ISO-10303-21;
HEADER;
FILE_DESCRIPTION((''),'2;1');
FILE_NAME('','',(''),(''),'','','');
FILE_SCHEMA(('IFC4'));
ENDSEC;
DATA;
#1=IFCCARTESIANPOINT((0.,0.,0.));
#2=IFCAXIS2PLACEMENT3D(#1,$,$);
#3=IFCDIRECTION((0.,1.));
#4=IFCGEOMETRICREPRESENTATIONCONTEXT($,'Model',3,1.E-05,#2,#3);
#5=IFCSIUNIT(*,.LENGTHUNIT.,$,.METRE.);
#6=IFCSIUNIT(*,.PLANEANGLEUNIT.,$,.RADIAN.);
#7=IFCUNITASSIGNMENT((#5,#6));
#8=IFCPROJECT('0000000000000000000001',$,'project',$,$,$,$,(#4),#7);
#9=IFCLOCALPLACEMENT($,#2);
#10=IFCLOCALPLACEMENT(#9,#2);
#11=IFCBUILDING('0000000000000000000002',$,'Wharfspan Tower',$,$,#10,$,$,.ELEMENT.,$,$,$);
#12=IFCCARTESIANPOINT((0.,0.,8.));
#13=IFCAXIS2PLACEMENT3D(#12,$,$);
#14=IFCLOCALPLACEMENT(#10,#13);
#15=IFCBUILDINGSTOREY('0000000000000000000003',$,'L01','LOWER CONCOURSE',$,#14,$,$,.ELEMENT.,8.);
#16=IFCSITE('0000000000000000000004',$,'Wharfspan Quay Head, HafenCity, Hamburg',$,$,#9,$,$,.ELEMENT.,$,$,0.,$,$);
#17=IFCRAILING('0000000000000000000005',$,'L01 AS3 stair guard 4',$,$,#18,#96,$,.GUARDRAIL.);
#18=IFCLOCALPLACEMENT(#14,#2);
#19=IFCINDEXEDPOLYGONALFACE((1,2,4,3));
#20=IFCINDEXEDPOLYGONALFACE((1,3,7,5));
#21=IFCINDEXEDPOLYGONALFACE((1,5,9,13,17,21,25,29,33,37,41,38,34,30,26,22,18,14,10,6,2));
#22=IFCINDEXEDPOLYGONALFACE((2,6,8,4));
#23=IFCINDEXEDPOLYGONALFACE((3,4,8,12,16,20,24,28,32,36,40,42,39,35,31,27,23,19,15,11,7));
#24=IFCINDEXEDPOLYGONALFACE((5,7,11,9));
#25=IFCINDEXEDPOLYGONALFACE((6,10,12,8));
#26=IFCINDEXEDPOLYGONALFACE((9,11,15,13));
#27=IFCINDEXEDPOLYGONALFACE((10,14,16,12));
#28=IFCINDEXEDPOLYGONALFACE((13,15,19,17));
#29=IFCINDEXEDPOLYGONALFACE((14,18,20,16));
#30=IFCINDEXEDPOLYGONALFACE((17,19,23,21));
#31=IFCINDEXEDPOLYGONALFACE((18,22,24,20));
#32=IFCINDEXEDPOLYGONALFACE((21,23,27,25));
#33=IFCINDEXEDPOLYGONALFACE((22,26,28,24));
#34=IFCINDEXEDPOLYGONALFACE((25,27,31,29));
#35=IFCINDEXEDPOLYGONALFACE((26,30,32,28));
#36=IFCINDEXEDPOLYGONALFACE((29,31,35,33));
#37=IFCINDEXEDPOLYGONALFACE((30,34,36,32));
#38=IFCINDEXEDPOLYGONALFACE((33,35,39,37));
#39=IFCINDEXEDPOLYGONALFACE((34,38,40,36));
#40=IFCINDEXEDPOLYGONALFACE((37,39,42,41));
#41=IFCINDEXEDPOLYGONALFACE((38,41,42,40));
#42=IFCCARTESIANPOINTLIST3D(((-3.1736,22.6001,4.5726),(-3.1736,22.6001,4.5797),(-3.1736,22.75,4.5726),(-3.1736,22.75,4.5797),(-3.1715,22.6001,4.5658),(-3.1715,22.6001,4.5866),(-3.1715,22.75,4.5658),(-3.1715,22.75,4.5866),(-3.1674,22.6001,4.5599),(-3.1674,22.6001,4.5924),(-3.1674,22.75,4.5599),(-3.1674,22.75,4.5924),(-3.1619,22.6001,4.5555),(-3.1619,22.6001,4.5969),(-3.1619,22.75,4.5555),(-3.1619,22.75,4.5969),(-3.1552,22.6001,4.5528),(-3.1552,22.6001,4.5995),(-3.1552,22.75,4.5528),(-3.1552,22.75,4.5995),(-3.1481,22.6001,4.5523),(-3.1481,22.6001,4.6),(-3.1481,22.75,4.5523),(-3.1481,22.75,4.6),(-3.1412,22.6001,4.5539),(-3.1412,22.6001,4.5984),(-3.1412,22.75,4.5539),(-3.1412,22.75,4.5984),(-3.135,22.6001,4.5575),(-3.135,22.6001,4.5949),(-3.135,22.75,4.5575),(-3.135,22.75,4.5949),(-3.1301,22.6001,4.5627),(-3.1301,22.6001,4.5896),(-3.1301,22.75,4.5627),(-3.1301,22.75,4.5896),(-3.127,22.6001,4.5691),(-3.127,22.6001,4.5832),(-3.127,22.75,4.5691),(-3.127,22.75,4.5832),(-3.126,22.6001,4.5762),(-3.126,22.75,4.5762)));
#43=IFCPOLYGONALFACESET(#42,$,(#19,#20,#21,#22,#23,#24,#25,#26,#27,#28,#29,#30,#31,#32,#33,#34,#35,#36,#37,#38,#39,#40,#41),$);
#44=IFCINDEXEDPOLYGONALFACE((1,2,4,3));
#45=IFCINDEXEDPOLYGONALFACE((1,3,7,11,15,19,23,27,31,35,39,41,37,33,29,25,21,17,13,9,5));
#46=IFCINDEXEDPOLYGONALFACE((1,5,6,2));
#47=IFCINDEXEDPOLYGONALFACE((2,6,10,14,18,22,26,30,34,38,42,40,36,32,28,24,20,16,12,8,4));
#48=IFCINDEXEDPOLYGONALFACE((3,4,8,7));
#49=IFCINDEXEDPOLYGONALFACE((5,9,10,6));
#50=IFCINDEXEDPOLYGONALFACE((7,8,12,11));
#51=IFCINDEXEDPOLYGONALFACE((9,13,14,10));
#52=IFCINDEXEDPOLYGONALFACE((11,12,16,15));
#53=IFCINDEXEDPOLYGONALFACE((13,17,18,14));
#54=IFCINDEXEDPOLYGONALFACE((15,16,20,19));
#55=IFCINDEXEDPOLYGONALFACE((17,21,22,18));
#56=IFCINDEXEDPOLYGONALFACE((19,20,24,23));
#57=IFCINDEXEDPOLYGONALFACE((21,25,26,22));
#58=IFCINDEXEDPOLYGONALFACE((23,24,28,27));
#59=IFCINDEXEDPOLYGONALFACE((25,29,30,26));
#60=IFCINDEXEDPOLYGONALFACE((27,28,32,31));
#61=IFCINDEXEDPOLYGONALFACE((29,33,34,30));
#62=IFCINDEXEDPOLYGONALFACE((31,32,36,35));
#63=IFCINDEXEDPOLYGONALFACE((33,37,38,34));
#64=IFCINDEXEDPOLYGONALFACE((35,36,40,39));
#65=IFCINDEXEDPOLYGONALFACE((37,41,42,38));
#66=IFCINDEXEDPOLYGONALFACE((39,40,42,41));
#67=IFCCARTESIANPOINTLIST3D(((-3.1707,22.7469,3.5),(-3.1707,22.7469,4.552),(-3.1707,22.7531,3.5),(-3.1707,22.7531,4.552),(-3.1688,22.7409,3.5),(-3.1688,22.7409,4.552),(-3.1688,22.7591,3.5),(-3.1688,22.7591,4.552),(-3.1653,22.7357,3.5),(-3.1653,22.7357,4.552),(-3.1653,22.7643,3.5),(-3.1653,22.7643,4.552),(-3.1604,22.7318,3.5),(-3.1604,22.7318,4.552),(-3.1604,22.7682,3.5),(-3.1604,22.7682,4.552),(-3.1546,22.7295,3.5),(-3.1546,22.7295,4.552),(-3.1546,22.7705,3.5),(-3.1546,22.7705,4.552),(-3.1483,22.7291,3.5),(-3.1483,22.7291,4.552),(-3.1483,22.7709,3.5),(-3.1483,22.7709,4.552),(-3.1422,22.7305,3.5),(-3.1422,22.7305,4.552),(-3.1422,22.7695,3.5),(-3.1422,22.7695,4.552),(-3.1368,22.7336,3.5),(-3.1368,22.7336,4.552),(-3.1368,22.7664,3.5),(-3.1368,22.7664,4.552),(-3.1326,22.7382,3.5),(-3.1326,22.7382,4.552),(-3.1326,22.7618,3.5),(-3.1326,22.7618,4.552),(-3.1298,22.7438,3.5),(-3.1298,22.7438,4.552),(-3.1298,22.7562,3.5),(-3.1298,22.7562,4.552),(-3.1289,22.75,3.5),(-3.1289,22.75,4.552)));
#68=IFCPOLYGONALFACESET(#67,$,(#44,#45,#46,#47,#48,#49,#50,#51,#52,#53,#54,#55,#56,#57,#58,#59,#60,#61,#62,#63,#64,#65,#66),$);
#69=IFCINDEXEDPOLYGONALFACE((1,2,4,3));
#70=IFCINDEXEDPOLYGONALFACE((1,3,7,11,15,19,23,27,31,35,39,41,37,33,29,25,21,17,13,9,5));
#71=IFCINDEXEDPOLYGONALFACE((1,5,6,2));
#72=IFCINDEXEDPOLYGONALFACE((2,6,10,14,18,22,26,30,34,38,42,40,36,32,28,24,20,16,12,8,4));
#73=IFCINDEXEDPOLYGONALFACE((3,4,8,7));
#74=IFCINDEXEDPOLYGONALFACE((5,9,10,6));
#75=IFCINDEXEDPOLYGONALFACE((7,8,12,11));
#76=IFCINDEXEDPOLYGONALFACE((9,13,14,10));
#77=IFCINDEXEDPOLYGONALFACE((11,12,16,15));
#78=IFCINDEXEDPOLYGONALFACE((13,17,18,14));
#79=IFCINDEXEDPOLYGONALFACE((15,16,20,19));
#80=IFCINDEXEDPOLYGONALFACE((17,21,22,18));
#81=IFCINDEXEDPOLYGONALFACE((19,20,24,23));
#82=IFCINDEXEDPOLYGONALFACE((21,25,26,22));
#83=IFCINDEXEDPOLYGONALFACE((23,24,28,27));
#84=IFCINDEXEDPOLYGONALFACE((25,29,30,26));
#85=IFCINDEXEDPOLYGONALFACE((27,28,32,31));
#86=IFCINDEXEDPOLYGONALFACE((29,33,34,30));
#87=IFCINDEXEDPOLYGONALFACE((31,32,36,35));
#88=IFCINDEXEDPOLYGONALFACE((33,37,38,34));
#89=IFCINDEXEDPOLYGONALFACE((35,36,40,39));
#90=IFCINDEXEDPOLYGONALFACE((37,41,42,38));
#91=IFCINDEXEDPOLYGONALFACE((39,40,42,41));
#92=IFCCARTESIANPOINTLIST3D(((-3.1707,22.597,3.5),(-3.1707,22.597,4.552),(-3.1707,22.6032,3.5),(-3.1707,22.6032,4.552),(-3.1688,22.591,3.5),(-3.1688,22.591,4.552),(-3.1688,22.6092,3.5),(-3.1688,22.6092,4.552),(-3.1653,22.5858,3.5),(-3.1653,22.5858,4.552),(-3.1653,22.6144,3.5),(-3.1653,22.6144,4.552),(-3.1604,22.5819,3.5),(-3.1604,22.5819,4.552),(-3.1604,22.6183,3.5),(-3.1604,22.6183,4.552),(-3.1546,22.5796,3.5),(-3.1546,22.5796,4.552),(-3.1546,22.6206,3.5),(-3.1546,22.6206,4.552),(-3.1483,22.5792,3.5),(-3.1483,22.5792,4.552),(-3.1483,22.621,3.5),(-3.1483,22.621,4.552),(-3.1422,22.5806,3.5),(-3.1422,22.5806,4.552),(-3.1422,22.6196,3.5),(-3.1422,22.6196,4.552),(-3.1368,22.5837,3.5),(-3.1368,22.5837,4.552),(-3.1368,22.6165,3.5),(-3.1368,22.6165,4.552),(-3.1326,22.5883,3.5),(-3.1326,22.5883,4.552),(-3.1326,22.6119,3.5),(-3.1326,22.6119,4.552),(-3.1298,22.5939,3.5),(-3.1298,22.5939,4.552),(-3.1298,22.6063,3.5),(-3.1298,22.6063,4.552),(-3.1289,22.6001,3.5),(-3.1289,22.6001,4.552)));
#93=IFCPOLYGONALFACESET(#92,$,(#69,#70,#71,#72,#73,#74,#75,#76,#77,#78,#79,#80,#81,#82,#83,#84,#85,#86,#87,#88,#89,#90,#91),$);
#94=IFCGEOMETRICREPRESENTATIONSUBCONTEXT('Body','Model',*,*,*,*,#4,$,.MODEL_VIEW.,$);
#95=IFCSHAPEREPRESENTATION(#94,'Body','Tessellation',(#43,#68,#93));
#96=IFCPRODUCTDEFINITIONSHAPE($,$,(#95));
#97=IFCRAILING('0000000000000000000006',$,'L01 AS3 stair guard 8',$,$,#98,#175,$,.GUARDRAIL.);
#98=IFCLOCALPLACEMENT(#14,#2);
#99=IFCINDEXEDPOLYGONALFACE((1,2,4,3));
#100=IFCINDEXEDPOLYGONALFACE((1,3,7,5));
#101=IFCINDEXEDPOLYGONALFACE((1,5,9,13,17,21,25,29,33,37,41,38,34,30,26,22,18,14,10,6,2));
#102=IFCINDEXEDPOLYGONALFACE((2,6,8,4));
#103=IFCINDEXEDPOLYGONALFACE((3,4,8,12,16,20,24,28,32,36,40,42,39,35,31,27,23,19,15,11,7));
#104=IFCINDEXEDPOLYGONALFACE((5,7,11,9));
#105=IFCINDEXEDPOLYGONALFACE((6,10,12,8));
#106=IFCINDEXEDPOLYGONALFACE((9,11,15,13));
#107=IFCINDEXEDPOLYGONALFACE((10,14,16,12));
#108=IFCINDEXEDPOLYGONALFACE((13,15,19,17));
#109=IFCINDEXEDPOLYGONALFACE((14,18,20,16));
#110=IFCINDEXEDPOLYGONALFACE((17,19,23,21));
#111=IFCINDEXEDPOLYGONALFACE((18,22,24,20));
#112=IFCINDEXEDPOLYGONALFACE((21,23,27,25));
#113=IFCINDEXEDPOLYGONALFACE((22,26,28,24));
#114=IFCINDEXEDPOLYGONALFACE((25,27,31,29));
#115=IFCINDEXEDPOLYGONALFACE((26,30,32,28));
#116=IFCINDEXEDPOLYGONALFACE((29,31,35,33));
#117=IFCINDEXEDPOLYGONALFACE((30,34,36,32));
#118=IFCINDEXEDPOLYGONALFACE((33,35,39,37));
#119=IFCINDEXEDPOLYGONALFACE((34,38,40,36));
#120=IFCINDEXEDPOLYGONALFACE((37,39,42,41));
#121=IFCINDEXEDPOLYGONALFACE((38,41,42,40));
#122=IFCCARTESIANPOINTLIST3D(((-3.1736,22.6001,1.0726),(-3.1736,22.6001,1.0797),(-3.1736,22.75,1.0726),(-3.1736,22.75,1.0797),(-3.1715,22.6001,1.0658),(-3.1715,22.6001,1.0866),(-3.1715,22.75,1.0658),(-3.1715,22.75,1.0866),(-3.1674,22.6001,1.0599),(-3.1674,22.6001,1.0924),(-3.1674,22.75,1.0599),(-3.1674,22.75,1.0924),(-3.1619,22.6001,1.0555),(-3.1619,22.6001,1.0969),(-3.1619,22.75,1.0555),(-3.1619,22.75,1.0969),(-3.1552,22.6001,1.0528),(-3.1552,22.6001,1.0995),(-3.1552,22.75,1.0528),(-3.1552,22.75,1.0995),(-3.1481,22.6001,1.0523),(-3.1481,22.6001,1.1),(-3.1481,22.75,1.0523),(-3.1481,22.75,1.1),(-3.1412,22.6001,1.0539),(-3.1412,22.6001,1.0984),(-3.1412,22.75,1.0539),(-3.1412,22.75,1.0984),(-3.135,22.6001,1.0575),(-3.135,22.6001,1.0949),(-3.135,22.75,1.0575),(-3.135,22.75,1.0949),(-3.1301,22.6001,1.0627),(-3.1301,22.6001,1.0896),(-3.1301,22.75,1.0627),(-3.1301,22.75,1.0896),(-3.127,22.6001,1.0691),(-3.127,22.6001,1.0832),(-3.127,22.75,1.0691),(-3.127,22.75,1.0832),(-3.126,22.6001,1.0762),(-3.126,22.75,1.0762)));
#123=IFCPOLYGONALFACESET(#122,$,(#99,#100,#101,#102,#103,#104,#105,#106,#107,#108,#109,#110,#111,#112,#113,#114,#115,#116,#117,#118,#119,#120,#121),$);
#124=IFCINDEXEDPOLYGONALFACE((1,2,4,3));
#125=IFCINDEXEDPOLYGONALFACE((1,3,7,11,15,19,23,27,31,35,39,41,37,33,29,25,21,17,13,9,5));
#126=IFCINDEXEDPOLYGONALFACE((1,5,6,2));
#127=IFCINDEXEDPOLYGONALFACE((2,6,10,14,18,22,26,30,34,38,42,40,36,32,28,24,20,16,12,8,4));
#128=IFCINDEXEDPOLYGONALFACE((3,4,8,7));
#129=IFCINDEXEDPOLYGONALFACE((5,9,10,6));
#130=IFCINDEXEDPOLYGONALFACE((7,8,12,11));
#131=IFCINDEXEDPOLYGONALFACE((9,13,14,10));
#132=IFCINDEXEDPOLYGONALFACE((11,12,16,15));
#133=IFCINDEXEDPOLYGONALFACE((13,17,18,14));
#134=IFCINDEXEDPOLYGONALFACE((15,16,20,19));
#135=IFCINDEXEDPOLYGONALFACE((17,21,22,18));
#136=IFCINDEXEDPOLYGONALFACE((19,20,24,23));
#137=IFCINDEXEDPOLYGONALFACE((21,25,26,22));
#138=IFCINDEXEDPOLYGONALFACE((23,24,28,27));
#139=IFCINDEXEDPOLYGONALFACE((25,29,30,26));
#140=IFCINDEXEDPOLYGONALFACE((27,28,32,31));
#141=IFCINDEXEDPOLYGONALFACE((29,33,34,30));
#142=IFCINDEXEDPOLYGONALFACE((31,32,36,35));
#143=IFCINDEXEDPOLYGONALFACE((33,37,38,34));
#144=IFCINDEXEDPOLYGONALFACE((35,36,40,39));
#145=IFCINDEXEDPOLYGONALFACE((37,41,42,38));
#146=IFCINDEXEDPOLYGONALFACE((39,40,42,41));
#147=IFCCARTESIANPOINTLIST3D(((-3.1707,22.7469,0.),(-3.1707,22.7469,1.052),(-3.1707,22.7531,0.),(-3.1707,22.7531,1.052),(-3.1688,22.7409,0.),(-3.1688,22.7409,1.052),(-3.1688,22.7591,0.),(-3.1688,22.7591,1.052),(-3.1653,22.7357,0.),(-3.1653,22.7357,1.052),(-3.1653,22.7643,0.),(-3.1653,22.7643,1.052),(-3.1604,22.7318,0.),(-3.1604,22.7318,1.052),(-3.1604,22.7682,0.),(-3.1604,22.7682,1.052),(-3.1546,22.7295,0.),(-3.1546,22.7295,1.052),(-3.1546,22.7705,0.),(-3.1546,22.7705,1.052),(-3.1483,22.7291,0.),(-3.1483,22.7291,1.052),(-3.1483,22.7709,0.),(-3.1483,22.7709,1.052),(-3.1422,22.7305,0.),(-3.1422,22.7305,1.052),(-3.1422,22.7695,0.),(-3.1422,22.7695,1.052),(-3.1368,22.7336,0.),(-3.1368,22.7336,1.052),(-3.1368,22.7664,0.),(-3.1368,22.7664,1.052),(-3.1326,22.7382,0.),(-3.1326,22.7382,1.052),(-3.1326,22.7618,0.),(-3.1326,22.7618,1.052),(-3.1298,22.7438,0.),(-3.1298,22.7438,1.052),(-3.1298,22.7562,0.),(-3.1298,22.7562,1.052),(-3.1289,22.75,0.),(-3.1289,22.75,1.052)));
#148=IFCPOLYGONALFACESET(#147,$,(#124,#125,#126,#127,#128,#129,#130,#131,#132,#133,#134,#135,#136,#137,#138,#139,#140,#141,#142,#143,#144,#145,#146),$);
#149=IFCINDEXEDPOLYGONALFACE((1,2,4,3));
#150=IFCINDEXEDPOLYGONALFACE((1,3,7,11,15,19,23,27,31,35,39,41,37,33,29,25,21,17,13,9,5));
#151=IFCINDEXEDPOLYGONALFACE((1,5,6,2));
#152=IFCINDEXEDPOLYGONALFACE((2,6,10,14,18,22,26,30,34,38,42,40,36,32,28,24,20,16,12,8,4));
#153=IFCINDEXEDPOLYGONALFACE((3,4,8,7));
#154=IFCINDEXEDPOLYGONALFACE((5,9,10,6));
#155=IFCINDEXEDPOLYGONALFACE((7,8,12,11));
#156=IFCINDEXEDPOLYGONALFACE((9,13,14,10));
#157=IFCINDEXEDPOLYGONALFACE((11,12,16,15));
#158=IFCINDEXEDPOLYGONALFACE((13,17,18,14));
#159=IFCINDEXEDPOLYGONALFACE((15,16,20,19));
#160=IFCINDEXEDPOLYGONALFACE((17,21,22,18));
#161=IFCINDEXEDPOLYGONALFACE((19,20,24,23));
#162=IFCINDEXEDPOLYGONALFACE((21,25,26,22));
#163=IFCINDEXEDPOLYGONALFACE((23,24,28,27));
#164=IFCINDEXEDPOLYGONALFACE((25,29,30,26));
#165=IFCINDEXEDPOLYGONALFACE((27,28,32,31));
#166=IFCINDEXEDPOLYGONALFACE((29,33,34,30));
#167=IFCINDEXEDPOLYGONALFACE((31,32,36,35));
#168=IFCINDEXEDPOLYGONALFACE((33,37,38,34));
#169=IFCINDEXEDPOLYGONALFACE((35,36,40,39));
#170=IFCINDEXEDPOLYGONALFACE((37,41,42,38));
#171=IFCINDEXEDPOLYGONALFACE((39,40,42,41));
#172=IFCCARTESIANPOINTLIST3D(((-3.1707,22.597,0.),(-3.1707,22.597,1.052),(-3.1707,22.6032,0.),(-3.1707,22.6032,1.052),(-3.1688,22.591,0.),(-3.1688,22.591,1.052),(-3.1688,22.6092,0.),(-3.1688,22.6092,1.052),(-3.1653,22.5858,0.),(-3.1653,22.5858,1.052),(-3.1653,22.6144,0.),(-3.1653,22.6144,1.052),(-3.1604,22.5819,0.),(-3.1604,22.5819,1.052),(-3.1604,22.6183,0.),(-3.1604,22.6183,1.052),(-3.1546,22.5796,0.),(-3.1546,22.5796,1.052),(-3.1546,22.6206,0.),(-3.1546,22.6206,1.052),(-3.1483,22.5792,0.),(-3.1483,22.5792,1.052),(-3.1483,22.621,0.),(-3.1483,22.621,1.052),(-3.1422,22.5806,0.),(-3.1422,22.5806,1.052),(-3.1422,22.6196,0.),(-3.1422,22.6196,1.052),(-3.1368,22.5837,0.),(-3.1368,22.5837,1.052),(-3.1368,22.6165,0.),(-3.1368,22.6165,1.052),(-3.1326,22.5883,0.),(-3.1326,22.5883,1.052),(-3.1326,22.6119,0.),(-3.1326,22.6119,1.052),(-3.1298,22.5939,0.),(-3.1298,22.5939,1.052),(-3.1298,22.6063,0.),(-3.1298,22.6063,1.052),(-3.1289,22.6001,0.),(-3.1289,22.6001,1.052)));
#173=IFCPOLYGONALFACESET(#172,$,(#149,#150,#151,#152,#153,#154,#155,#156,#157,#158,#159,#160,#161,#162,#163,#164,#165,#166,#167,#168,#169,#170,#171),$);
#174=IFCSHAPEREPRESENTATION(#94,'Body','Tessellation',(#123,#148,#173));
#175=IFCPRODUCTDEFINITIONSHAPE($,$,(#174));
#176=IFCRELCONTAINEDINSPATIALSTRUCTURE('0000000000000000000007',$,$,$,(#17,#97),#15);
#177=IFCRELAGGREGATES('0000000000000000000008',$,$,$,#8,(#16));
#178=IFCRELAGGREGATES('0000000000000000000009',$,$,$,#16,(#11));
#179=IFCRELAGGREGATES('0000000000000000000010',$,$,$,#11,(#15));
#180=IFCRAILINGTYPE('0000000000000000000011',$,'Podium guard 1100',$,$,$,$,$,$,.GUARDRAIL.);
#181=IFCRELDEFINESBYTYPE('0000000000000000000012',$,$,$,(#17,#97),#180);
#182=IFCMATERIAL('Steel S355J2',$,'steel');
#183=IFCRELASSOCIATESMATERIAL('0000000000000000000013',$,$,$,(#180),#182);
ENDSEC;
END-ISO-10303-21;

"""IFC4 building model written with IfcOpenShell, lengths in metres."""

from ifc_helpers import new_model, si_unit, direction, frame, origin, origin_2d, place, context, subcontext, project, spatial, circle, extrude, material, type_object, element, save


model = new_model("IFC4")

# Units and contexts
model_context = context("Model", 3, precision=1e-05, world=origin(), true_north=direction((0.0, 1.0)))
body_context = subcontext(model_context, "Body", "Model", "MODEL_VIEW")
ifc_project = project(units=[si_unit("LENGTHUNIT", "METRE"), si_unit("PLANEANGLEUNIT", "RADIAN")], contexts=[model_context])

# Site, building, storey
site_placement = place(None, origin())
site = spatial("IfcSite", under=ifc_project, at=site_placement, Name="Wharfspan Quay Head, HafenCity, Hamburg", CompositionType="ELEMENT", RefElevation=0.0)
building_placement = place(site_placement, origin())
building = spatial("IfcBuilding", under=site, at=building_placement, Name="Wharfspan Tower", CompositionType="ELEMENT")
storey_placement = place(building_placement, frame((0.0, 0.0, 8.0)))
storey = spatial("IfcBuildingStorey", under=building, at=storey_placement, Name="L01", Description="LOWER CONCOURSE", CompositionType="ELEMENT", Elevation=8.0)

# Railings
ifc_material_1 = material(Name="Steel S355J2", Category="steel")
railing_type_1 = type_object("IfcRailingType", Name="Podium guard 1100", PredefinedType="GUARDRAIL", material=ifc_material_1)
for number, where, name in (
    (1, (-3.1499, 22.75, 3.5), "L01 AS3 stair guard 4"),
    (2, (-3.1499, 22.75, 0.0), "L01 AS3 stair guard 8"),
):
    element("IfcRailing", number, at=place(storey_placement, frame(where)), inside=storey, type_object=railing_type_1, Name=name, PredefinedType="GUARDRAIL", context=body_context, shape_type="SweptSolid", body=[
        extrude(circle(Radius=0.0239, at=origin_2d()), frame((0.0, 0.0, 1.0762), z_axis=(0.0, -1.0, 0.0), x_axis=(1.0, 0.0, 0.0)), (0.0, 0.0, 1.0), 0.1499),
        extrude(circle(Radius=0.021, at=origin_2d()), origin(), (0.0, 0.0, 1.0), 1.052),
        extrude(circle(Radius=0.021, at=origin_2d()), frame((0.0, -0.1499, 0.0)), (0.0, 0.0, 1.0), 1.052),
    ])

save(model, "model.ifc")
